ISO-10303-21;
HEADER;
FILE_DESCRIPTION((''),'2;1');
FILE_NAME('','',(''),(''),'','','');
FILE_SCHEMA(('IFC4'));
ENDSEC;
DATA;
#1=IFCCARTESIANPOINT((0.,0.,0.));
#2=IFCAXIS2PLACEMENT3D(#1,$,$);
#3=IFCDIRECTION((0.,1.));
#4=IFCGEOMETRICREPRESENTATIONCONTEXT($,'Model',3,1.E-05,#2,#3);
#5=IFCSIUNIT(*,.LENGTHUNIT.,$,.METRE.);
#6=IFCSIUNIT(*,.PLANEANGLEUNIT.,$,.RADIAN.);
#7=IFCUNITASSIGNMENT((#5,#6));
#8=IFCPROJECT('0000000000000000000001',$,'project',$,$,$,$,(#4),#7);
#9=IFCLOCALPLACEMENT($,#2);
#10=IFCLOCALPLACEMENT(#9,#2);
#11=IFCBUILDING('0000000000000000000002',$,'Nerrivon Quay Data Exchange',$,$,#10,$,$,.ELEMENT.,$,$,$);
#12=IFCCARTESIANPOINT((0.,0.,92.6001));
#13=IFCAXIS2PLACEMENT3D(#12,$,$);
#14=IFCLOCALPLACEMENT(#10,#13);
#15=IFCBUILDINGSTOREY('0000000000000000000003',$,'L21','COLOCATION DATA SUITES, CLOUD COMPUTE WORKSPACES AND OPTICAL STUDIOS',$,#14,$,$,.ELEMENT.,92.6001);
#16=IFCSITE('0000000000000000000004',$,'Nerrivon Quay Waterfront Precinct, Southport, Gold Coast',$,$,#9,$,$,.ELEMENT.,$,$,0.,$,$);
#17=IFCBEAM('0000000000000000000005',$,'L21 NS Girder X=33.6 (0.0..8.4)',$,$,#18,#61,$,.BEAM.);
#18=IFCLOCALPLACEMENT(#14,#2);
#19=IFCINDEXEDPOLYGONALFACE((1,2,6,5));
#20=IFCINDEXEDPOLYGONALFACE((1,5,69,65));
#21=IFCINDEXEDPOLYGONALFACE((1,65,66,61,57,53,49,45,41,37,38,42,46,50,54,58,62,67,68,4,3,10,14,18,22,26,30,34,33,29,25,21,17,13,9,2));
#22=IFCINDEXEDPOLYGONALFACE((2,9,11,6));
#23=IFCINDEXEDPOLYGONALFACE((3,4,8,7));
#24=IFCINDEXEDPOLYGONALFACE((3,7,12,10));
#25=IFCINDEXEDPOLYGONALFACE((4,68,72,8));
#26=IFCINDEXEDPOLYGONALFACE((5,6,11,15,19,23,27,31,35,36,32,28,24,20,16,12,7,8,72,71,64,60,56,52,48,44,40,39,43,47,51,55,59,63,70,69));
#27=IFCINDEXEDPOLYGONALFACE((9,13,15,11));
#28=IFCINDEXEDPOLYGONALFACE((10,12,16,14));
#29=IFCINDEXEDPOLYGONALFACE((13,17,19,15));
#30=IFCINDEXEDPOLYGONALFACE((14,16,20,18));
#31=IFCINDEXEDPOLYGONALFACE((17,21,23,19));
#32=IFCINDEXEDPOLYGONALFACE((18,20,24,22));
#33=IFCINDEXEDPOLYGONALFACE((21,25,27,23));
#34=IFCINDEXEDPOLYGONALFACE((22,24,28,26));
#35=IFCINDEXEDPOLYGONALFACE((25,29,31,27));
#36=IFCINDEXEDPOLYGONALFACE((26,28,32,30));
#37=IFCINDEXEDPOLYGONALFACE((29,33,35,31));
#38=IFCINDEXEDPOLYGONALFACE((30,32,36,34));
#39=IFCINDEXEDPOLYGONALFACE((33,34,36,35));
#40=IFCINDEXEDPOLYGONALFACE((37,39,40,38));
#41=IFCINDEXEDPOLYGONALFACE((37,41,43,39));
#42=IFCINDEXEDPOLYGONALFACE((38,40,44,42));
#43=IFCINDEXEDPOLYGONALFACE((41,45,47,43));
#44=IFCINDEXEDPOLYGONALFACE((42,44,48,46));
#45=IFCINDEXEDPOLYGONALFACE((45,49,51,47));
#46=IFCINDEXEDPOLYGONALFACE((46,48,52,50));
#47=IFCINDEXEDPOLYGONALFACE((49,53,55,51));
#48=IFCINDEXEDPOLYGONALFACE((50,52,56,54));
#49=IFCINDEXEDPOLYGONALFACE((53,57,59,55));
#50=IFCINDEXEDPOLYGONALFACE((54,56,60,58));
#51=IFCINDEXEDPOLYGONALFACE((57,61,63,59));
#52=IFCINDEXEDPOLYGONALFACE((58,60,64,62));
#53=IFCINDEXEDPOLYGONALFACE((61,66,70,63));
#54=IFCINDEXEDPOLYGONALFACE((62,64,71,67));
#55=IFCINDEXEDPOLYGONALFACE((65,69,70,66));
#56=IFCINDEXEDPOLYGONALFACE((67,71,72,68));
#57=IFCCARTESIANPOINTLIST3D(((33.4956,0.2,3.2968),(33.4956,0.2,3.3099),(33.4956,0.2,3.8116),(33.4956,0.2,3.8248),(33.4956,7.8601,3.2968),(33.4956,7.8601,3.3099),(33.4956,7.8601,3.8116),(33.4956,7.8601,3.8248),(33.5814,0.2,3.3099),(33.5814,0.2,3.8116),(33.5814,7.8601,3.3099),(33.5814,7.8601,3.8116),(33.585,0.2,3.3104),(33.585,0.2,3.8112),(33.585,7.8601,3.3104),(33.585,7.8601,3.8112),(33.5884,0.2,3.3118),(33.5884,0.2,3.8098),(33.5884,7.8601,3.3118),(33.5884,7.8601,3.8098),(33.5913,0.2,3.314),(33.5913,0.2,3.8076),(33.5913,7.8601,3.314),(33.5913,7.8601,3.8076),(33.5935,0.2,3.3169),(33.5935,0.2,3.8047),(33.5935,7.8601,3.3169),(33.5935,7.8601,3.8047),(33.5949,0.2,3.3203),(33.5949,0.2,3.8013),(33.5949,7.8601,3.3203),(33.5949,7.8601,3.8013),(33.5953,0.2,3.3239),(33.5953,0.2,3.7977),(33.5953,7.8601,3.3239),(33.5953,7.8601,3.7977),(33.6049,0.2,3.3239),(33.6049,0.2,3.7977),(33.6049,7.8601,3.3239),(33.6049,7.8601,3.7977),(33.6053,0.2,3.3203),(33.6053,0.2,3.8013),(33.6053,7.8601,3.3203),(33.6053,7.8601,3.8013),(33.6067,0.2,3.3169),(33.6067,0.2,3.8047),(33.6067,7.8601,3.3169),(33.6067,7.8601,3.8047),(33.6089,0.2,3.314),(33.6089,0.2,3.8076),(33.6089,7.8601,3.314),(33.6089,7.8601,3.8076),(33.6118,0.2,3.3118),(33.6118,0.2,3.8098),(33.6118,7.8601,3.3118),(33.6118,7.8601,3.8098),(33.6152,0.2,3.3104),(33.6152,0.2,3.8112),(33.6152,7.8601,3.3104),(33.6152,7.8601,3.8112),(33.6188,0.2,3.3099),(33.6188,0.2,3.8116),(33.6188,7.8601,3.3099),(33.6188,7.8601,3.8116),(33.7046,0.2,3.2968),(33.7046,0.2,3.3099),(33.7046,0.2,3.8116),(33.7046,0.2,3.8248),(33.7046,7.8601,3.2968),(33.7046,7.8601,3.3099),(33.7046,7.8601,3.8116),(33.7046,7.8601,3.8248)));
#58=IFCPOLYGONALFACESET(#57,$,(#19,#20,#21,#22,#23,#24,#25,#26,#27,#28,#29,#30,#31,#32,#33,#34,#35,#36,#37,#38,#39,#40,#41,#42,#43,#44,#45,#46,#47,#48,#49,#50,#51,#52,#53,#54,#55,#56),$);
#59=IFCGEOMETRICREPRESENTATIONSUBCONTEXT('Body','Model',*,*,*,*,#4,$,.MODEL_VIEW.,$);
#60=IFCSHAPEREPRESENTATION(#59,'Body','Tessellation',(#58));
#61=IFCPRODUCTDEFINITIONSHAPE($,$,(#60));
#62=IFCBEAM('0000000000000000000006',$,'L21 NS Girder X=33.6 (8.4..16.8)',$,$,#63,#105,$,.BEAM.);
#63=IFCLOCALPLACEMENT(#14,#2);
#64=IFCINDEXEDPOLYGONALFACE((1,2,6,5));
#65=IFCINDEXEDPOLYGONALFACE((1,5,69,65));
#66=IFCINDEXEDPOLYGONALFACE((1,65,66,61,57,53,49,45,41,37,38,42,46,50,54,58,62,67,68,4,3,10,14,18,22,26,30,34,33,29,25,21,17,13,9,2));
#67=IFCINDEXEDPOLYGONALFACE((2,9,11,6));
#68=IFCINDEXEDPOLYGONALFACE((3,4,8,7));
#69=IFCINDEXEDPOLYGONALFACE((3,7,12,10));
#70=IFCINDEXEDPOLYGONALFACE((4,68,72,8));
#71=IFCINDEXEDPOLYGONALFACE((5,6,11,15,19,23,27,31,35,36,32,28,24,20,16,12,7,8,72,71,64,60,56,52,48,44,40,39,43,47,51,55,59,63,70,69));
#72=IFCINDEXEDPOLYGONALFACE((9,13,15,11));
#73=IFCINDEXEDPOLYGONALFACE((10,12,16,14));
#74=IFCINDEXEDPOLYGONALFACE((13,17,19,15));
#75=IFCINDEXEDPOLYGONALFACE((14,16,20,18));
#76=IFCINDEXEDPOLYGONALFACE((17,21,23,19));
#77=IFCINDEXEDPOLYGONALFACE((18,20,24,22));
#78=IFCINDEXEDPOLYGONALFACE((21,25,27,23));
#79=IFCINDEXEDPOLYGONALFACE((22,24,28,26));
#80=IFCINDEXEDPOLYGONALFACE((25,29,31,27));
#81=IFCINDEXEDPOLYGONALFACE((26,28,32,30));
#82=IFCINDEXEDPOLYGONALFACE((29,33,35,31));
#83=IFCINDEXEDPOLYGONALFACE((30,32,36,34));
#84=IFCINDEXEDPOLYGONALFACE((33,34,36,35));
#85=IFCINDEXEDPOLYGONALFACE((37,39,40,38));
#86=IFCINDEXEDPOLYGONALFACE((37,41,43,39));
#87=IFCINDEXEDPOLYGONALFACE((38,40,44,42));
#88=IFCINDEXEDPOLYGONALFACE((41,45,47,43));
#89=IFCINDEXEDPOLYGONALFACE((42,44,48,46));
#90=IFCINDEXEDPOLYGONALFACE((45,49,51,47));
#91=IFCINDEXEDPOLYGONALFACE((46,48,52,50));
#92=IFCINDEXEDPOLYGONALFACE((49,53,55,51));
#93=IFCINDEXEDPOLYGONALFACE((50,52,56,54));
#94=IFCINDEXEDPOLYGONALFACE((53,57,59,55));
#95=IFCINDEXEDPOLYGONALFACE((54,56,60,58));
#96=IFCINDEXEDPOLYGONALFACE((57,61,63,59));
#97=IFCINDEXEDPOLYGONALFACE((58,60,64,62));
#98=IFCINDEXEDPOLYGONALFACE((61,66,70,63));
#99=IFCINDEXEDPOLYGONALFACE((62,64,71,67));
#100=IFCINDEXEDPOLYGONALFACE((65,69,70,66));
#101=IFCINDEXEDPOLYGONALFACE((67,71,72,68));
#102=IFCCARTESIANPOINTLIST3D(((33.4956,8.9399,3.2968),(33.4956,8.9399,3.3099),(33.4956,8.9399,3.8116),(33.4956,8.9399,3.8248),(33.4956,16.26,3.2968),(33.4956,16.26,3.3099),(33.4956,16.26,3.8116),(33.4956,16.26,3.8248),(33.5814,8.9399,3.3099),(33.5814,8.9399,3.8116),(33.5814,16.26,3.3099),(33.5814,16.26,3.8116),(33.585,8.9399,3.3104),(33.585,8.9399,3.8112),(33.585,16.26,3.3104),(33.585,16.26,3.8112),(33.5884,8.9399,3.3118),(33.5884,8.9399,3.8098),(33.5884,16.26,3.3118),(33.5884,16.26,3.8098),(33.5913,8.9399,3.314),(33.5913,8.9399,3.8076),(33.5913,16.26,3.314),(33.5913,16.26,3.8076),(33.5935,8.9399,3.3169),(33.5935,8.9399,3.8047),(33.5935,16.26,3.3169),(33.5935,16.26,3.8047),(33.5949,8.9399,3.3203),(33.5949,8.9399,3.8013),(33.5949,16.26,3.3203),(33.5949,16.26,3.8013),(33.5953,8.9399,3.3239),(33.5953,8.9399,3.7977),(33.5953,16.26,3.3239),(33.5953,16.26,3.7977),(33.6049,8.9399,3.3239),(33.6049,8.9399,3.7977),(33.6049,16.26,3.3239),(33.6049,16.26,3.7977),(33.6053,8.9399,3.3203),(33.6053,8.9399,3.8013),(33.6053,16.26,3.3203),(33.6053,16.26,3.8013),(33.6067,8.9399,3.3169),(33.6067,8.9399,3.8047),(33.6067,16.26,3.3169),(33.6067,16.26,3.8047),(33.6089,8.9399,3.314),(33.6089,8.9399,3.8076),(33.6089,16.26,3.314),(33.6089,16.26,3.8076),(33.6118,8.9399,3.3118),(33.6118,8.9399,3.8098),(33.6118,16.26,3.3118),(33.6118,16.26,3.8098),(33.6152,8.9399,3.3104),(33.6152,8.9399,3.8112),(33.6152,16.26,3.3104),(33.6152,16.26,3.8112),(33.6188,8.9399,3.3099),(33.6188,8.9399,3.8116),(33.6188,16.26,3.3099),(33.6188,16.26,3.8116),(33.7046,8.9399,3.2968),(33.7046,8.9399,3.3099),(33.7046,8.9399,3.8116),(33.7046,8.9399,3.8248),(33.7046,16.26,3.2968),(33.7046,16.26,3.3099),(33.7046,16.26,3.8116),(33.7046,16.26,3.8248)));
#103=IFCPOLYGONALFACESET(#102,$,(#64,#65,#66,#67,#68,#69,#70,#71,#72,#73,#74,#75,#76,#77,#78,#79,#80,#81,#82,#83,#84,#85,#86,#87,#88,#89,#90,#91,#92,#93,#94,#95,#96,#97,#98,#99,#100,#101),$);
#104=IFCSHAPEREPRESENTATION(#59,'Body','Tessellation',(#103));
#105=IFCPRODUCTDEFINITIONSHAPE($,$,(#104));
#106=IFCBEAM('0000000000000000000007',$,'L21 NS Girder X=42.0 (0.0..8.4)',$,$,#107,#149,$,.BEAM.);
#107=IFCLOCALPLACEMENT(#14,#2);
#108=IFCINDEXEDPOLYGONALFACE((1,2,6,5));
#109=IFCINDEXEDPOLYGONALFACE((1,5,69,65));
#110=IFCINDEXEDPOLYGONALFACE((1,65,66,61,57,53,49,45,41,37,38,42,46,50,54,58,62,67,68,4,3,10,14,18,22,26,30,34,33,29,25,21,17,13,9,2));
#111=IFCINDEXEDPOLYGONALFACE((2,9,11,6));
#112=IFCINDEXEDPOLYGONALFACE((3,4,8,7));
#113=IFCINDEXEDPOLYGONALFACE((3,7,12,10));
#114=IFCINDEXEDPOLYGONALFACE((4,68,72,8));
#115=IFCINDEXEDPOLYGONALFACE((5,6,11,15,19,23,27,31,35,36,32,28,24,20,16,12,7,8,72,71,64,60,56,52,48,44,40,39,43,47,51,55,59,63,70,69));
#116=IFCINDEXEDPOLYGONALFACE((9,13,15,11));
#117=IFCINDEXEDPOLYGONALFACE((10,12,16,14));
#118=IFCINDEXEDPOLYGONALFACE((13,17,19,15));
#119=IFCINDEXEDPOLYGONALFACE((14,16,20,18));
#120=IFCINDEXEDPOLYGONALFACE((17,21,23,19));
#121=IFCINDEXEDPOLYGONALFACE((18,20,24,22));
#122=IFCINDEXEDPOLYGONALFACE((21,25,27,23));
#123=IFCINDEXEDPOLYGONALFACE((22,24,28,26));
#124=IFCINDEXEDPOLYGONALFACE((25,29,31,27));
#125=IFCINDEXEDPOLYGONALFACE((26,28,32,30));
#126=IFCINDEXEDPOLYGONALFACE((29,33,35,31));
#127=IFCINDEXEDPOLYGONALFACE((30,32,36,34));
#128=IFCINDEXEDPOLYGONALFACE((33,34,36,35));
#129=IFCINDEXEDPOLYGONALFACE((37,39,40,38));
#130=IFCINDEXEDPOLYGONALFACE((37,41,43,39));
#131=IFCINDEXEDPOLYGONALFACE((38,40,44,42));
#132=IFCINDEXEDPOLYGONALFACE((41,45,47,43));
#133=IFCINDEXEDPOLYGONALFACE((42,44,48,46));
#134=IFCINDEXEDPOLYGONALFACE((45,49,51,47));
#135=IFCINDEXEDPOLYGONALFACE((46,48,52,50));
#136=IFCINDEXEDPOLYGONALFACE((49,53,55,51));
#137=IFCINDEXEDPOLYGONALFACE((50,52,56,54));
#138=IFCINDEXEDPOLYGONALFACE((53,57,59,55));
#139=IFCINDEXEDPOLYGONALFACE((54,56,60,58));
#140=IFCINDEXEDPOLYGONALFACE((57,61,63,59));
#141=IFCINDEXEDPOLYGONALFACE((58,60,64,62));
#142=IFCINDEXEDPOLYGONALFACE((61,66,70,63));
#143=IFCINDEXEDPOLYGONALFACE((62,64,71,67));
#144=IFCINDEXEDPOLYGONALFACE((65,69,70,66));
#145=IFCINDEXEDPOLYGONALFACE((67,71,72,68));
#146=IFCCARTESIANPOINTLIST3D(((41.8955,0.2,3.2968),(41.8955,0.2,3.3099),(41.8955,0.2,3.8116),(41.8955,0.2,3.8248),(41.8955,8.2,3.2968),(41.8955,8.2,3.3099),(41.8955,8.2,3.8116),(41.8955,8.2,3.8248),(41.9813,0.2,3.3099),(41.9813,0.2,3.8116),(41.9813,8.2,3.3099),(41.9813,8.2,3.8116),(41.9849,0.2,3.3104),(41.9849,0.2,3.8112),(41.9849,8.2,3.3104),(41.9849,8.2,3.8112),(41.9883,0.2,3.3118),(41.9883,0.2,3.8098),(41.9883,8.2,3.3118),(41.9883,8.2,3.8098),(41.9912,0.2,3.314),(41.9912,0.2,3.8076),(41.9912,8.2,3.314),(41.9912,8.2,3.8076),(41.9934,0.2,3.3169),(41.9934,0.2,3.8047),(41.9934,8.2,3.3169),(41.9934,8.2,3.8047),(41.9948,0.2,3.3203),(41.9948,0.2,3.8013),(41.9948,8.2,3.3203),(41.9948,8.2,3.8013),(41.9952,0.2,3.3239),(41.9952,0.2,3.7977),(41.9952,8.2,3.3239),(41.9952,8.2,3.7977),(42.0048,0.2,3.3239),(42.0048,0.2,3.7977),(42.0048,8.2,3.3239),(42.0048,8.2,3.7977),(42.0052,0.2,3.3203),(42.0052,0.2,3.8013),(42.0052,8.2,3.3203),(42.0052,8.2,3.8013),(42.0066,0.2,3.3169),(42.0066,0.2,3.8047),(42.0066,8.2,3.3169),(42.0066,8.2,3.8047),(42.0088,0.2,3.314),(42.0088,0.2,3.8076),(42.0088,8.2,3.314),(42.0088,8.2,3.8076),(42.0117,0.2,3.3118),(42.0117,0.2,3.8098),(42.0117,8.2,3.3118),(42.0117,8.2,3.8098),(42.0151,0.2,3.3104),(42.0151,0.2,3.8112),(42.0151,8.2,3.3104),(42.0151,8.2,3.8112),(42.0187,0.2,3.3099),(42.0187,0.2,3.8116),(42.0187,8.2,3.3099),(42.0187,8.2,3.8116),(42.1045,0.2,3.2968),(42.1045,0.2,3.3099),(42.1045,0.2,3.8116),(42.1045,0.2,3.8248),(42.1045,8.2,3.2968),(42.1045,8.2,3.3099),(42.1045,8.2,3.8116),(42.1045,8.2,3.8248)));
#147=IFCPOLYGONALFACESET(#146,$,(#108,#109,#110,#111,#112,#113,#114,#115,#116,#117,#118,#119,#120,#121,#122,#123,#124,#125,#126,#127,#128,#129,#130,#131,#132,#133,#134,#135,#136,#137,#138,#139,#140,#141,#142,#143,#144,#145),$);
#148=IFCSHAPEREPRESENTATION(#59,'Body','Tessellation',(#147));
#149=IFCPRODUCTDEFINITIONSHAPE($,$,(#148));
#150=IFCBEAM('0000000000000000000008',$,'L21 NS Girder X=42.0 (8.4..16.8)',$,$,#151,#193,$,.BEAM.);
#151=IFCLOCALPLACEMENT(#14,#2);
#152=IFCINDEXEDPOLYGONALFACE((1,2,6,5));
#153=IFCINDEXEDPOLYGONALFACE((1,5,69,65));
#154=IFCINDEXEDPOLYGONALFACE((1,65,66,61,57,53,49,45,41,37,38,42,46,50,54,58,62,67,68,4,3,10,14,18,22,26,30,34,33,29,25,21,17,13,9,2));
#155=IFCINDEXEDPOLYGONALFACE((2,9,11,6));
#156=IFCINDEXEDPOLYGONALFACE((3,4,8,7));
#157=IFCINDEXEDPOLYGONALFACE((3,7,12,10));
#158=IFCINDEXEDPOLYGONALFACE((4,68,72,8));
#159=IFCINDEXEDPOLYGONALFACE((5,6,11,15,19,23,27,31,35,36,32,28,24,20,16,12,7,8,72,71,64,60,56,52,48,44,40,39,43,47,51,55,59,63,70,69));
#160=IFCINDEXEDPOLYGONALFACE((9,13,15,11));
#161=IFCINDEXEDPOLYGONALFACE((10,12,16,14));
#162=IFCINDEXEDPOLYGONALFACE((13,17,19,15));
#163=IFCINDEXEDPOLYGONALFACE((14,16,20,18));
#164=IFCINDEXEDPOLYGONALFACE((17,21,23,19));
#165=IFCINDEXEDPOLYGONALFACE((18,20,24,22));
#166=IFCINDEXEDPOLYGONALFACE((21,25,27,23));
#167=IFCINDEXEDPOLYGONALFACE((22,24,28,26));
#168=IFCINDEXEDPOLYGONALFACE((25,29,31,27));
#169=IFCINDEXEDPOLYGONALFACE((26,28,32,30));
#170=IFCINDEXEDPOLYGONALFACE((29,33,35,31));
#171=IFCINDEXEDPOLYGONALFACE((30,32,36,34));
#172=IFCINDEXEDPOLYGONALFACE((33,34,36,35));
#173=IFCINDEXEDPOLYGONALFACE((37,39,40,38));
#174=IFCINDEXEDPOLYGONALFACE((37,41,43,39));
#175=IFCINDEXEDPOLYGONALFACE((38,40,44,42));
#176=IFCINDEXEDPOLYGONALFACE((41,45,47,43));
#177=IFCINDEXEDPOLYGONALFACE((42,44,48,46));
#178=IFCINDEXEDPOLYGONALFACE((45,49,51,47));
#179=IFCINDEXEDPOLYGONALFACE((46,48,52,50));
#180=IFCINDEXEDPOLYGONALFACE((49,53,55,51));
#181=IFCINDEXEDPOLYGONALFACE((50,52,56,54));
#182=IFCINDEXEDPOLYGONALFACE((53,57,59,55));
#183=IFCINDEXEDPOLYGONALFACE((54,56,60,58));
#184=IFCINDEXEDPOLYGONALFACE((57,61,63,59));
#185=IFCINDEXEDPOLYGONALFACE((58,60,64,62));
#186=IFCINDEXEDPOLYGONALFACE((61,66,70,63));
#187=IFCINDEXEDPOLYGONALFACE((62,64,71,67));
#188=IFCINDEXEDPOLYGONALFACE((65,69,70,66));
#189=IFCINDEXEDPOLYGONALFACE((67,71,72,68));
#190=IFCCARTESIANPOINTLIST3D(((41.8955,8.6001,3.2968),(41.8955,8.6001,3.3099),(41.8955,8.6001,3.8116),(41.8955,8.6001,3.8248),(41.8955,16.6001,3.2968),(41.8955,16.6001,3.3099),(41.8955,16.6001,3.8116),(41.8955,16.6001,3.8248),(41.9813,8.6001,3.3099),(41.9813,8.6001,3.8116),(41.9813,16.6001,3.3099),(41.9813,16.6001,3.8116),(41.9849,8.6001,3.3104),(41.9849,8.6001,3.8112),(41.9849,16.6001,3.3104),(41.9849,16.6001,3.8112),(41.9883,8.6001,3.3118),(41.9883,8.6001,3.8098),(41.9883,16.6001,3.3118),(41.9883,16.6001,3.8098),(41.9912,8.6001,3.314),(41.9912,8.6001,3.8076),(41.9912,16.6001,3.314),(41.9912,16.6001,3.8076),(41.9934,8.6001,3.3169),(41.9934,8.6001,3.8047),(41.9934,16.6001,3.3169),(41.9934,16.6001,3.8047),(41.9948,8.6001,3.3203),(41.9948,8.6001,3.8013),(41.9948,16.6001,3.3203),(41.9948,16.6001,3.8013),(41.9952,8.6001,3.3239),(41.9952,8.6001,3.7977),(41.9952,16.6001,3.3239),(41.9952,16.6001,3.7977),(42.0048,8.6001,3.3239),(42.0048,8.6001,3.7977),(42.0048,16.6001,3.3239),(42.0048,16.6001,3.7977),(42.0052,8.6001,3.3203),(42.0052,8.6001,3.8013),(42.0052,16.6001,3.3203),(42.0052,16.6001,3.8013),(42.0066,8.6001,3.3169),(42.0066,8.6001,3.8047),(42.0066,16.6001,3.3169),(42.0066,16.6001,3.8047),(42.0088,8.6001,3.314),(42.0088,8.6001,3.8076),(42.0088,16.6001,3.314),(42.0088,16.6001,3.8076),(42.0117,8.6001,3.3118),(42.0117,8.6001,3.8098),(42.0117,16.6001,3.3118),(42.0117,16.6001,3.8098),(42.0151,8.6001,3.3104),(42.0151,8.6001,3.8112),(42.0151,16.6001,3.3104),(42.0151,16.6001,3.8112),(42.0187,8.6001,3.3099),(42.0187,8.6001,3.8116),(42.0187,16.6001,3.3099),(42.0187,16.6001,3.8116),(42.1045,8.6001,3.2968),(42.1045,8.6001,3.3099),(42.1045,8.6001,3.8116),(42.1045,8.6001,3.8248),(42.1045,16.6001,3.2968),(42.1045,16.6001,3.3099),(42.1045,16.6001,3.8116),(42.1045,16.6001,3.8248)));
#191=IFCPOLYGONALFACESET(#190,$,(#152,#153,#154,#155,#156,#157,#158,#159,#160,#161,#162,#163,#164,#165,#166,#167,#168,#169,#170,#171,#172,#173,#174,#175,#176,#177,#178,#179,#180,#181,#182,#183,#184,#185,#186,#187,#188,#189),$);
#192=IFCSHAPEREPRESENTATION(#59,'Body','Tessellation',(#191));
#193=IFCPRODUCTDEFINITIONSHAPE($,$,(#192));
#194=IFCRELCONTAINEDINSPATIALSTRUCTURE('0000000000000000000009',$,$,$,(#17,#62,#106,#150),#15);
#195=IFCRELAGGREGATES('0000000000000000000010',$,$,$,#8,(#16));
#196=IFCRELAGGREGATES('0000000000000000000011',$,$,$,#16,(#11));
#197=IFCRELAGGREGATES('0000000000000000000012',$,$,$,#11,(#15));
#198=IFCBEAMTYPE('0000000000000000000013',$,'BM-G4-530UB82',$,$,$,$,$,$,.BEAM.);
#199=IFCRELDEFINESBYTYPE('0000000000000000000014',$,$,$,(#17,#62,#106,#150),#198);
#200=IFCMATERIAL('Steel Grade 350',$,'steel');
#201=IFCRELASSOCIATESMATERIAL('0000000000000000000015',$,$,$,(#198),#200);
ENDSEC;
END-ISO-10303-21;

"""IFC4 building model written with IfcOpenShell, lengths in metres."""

from ifc_helpers import new_model, si_unit, direction, frame, origin, origin_2d, place, context, subcontext, project, spatial, i_section, extrude, material, material_profile, profile_set, type_object, element, save


model = new_model("IFC4")

# Units and contexts
model_context = context("Model", 3, precision=1e-05, world=origin(), true_north=direction((0.0, 1.0)))
body_context = subcontext(model_context, "Body", "Model", "MODEL_VIEW")
ifc_project = project(units=[si_unit("LENGTHUNIT", "METRE"), si_unit("PLANEANGLEUNIT", "RADIAN")], contexts=[model_context])

# Site, building, storey
site_placement = place(None, origin())
site = spatial("IfcSite", under=ifc_project, at=site_placement, Name="Nerrivon Quay Waterfront Precinct, Southport, Gold Coast", CompositionType="ELEMENT", RefElevation=0.0)
building_placement = place(site_placement, origin())
building = spatial("IfcBuilding", under=site, at=building_placement, Name="Nerrivon Quay Data Exchange", CompositionType="ELEMENT")
storey_placement = place(building_placement, frame((0.0, 0.0, 92.6001)))
storey = spatial("IfcBuildingStorey", under=building, at=storey_placement, Name="L21", Description="COLOCATION DATA SUITES, CLOUD COMPUTE WORKSPACES AND OPTICAL STUDIOS", CompositionType="ELEMENT", Elevation=92.6001)

# Shared definitions
ifc_material_1 = material(Name="Steel Grade 350", Category="steel")

# Beams
ifc_material_profile_1 = material_profile(ifc_material_1, i_section(OverallWidth=0.209, OverallDepth=0.5281, WebThickness=0.0095, FlangeThickness=0.0132, FilletRadius=0.0139, at=origin_2d()), Name="530UB82.0")
ifc_profile_set_1 = profile_set([ifc_material_profile_1], Name="Steel Grade 350")
beam_type_1 = type_object("IfcBeamType", Name="BM-G4-530UB82", PredefinedType="BEAM", material=ifc_profile_set_1)
beam_1_placement = place(storey_placement, frame((33.6001, 0.2, 3.5608), z_axis=(0.0, 1.0, 0.0), x_axis=(-1.0, 0.0, 0.0)))
element("IfcBeam", 1, at=beam_1_placement, inside=storey, type_object=beam_type_1, Name="L21 NS Girder X=33.6 (0.0..8.4)", PredefinedType="BEAM", context=body_context, shape_type="SweptSolid", body=[
    extrude(i_section(OverallWidth=0.209, OverallDepth=0.5281, WebThickness=0.0095, FlangeThickness=0.0132, FilletRadius=0.0139, at=origin_2d()), origin(), (0.0, 0.0, 1.0), 7.6602),
])
beam_2_placement = place(storey_placement, frame((33.6001, 8.9399, 3.5608), z_axis=(0.0, 1.0, 0.0), x_axis=(-1.0, 0.0, 0.0)))
element("IfcBeam", 2, at=beam_2_placement, inside=storey, type_object=beam_type_1, Name="L21 NS Girder X=33.6 (8.4..16.8)", PredefinedType="BEAM", context=body_context, shape_type="SweptSolid", body=[
    extrude(i_section(OverallWidth=0.209, OverallDepth=0.5281, WebThickness=0.0095, FlangeThickness=0.0132, FilletRadius=0.0139, at=origin_2d()), origin(), (0.0, 0.0, 1.0), 7.3201),
])
for number, where, z_axis, x_axis, name in (
    (3, (42.0, 0.2, 3.5608), (0.0, 1.0, 0.0), (-1.0, 0.0, 0.0), "L21 NS Girder X=42.0 (0.0..8.4)"),
    (4, (42.0, 8.6001, 3.5608), (0.0, 1.0, 0.0), (-1.0, 0.0, 0.0), "L21 NS Girder X=42.0 (8.4..16.8)"),
):
    element("IfcBeam", number, at=place(storey_placement, frame(where, z_axis=z_axis, x_axis=x_axis)), inside=storey, type_object=beam_type_1, Name=name, PredefinedType="BEAM", context=body_context, shape_type="SweptSolid", body=[
        extrude(i_section(OverallWidth=0.209, OverallDepth=0.5281, WebThickness=0.0095, FlangeThickness=0.0132, FilletRadius=0.0139, at=origin_2d()), origin(), (0.0, 0.0, 1.0), 8.0),
    ])

save(model, "model.ifc")
